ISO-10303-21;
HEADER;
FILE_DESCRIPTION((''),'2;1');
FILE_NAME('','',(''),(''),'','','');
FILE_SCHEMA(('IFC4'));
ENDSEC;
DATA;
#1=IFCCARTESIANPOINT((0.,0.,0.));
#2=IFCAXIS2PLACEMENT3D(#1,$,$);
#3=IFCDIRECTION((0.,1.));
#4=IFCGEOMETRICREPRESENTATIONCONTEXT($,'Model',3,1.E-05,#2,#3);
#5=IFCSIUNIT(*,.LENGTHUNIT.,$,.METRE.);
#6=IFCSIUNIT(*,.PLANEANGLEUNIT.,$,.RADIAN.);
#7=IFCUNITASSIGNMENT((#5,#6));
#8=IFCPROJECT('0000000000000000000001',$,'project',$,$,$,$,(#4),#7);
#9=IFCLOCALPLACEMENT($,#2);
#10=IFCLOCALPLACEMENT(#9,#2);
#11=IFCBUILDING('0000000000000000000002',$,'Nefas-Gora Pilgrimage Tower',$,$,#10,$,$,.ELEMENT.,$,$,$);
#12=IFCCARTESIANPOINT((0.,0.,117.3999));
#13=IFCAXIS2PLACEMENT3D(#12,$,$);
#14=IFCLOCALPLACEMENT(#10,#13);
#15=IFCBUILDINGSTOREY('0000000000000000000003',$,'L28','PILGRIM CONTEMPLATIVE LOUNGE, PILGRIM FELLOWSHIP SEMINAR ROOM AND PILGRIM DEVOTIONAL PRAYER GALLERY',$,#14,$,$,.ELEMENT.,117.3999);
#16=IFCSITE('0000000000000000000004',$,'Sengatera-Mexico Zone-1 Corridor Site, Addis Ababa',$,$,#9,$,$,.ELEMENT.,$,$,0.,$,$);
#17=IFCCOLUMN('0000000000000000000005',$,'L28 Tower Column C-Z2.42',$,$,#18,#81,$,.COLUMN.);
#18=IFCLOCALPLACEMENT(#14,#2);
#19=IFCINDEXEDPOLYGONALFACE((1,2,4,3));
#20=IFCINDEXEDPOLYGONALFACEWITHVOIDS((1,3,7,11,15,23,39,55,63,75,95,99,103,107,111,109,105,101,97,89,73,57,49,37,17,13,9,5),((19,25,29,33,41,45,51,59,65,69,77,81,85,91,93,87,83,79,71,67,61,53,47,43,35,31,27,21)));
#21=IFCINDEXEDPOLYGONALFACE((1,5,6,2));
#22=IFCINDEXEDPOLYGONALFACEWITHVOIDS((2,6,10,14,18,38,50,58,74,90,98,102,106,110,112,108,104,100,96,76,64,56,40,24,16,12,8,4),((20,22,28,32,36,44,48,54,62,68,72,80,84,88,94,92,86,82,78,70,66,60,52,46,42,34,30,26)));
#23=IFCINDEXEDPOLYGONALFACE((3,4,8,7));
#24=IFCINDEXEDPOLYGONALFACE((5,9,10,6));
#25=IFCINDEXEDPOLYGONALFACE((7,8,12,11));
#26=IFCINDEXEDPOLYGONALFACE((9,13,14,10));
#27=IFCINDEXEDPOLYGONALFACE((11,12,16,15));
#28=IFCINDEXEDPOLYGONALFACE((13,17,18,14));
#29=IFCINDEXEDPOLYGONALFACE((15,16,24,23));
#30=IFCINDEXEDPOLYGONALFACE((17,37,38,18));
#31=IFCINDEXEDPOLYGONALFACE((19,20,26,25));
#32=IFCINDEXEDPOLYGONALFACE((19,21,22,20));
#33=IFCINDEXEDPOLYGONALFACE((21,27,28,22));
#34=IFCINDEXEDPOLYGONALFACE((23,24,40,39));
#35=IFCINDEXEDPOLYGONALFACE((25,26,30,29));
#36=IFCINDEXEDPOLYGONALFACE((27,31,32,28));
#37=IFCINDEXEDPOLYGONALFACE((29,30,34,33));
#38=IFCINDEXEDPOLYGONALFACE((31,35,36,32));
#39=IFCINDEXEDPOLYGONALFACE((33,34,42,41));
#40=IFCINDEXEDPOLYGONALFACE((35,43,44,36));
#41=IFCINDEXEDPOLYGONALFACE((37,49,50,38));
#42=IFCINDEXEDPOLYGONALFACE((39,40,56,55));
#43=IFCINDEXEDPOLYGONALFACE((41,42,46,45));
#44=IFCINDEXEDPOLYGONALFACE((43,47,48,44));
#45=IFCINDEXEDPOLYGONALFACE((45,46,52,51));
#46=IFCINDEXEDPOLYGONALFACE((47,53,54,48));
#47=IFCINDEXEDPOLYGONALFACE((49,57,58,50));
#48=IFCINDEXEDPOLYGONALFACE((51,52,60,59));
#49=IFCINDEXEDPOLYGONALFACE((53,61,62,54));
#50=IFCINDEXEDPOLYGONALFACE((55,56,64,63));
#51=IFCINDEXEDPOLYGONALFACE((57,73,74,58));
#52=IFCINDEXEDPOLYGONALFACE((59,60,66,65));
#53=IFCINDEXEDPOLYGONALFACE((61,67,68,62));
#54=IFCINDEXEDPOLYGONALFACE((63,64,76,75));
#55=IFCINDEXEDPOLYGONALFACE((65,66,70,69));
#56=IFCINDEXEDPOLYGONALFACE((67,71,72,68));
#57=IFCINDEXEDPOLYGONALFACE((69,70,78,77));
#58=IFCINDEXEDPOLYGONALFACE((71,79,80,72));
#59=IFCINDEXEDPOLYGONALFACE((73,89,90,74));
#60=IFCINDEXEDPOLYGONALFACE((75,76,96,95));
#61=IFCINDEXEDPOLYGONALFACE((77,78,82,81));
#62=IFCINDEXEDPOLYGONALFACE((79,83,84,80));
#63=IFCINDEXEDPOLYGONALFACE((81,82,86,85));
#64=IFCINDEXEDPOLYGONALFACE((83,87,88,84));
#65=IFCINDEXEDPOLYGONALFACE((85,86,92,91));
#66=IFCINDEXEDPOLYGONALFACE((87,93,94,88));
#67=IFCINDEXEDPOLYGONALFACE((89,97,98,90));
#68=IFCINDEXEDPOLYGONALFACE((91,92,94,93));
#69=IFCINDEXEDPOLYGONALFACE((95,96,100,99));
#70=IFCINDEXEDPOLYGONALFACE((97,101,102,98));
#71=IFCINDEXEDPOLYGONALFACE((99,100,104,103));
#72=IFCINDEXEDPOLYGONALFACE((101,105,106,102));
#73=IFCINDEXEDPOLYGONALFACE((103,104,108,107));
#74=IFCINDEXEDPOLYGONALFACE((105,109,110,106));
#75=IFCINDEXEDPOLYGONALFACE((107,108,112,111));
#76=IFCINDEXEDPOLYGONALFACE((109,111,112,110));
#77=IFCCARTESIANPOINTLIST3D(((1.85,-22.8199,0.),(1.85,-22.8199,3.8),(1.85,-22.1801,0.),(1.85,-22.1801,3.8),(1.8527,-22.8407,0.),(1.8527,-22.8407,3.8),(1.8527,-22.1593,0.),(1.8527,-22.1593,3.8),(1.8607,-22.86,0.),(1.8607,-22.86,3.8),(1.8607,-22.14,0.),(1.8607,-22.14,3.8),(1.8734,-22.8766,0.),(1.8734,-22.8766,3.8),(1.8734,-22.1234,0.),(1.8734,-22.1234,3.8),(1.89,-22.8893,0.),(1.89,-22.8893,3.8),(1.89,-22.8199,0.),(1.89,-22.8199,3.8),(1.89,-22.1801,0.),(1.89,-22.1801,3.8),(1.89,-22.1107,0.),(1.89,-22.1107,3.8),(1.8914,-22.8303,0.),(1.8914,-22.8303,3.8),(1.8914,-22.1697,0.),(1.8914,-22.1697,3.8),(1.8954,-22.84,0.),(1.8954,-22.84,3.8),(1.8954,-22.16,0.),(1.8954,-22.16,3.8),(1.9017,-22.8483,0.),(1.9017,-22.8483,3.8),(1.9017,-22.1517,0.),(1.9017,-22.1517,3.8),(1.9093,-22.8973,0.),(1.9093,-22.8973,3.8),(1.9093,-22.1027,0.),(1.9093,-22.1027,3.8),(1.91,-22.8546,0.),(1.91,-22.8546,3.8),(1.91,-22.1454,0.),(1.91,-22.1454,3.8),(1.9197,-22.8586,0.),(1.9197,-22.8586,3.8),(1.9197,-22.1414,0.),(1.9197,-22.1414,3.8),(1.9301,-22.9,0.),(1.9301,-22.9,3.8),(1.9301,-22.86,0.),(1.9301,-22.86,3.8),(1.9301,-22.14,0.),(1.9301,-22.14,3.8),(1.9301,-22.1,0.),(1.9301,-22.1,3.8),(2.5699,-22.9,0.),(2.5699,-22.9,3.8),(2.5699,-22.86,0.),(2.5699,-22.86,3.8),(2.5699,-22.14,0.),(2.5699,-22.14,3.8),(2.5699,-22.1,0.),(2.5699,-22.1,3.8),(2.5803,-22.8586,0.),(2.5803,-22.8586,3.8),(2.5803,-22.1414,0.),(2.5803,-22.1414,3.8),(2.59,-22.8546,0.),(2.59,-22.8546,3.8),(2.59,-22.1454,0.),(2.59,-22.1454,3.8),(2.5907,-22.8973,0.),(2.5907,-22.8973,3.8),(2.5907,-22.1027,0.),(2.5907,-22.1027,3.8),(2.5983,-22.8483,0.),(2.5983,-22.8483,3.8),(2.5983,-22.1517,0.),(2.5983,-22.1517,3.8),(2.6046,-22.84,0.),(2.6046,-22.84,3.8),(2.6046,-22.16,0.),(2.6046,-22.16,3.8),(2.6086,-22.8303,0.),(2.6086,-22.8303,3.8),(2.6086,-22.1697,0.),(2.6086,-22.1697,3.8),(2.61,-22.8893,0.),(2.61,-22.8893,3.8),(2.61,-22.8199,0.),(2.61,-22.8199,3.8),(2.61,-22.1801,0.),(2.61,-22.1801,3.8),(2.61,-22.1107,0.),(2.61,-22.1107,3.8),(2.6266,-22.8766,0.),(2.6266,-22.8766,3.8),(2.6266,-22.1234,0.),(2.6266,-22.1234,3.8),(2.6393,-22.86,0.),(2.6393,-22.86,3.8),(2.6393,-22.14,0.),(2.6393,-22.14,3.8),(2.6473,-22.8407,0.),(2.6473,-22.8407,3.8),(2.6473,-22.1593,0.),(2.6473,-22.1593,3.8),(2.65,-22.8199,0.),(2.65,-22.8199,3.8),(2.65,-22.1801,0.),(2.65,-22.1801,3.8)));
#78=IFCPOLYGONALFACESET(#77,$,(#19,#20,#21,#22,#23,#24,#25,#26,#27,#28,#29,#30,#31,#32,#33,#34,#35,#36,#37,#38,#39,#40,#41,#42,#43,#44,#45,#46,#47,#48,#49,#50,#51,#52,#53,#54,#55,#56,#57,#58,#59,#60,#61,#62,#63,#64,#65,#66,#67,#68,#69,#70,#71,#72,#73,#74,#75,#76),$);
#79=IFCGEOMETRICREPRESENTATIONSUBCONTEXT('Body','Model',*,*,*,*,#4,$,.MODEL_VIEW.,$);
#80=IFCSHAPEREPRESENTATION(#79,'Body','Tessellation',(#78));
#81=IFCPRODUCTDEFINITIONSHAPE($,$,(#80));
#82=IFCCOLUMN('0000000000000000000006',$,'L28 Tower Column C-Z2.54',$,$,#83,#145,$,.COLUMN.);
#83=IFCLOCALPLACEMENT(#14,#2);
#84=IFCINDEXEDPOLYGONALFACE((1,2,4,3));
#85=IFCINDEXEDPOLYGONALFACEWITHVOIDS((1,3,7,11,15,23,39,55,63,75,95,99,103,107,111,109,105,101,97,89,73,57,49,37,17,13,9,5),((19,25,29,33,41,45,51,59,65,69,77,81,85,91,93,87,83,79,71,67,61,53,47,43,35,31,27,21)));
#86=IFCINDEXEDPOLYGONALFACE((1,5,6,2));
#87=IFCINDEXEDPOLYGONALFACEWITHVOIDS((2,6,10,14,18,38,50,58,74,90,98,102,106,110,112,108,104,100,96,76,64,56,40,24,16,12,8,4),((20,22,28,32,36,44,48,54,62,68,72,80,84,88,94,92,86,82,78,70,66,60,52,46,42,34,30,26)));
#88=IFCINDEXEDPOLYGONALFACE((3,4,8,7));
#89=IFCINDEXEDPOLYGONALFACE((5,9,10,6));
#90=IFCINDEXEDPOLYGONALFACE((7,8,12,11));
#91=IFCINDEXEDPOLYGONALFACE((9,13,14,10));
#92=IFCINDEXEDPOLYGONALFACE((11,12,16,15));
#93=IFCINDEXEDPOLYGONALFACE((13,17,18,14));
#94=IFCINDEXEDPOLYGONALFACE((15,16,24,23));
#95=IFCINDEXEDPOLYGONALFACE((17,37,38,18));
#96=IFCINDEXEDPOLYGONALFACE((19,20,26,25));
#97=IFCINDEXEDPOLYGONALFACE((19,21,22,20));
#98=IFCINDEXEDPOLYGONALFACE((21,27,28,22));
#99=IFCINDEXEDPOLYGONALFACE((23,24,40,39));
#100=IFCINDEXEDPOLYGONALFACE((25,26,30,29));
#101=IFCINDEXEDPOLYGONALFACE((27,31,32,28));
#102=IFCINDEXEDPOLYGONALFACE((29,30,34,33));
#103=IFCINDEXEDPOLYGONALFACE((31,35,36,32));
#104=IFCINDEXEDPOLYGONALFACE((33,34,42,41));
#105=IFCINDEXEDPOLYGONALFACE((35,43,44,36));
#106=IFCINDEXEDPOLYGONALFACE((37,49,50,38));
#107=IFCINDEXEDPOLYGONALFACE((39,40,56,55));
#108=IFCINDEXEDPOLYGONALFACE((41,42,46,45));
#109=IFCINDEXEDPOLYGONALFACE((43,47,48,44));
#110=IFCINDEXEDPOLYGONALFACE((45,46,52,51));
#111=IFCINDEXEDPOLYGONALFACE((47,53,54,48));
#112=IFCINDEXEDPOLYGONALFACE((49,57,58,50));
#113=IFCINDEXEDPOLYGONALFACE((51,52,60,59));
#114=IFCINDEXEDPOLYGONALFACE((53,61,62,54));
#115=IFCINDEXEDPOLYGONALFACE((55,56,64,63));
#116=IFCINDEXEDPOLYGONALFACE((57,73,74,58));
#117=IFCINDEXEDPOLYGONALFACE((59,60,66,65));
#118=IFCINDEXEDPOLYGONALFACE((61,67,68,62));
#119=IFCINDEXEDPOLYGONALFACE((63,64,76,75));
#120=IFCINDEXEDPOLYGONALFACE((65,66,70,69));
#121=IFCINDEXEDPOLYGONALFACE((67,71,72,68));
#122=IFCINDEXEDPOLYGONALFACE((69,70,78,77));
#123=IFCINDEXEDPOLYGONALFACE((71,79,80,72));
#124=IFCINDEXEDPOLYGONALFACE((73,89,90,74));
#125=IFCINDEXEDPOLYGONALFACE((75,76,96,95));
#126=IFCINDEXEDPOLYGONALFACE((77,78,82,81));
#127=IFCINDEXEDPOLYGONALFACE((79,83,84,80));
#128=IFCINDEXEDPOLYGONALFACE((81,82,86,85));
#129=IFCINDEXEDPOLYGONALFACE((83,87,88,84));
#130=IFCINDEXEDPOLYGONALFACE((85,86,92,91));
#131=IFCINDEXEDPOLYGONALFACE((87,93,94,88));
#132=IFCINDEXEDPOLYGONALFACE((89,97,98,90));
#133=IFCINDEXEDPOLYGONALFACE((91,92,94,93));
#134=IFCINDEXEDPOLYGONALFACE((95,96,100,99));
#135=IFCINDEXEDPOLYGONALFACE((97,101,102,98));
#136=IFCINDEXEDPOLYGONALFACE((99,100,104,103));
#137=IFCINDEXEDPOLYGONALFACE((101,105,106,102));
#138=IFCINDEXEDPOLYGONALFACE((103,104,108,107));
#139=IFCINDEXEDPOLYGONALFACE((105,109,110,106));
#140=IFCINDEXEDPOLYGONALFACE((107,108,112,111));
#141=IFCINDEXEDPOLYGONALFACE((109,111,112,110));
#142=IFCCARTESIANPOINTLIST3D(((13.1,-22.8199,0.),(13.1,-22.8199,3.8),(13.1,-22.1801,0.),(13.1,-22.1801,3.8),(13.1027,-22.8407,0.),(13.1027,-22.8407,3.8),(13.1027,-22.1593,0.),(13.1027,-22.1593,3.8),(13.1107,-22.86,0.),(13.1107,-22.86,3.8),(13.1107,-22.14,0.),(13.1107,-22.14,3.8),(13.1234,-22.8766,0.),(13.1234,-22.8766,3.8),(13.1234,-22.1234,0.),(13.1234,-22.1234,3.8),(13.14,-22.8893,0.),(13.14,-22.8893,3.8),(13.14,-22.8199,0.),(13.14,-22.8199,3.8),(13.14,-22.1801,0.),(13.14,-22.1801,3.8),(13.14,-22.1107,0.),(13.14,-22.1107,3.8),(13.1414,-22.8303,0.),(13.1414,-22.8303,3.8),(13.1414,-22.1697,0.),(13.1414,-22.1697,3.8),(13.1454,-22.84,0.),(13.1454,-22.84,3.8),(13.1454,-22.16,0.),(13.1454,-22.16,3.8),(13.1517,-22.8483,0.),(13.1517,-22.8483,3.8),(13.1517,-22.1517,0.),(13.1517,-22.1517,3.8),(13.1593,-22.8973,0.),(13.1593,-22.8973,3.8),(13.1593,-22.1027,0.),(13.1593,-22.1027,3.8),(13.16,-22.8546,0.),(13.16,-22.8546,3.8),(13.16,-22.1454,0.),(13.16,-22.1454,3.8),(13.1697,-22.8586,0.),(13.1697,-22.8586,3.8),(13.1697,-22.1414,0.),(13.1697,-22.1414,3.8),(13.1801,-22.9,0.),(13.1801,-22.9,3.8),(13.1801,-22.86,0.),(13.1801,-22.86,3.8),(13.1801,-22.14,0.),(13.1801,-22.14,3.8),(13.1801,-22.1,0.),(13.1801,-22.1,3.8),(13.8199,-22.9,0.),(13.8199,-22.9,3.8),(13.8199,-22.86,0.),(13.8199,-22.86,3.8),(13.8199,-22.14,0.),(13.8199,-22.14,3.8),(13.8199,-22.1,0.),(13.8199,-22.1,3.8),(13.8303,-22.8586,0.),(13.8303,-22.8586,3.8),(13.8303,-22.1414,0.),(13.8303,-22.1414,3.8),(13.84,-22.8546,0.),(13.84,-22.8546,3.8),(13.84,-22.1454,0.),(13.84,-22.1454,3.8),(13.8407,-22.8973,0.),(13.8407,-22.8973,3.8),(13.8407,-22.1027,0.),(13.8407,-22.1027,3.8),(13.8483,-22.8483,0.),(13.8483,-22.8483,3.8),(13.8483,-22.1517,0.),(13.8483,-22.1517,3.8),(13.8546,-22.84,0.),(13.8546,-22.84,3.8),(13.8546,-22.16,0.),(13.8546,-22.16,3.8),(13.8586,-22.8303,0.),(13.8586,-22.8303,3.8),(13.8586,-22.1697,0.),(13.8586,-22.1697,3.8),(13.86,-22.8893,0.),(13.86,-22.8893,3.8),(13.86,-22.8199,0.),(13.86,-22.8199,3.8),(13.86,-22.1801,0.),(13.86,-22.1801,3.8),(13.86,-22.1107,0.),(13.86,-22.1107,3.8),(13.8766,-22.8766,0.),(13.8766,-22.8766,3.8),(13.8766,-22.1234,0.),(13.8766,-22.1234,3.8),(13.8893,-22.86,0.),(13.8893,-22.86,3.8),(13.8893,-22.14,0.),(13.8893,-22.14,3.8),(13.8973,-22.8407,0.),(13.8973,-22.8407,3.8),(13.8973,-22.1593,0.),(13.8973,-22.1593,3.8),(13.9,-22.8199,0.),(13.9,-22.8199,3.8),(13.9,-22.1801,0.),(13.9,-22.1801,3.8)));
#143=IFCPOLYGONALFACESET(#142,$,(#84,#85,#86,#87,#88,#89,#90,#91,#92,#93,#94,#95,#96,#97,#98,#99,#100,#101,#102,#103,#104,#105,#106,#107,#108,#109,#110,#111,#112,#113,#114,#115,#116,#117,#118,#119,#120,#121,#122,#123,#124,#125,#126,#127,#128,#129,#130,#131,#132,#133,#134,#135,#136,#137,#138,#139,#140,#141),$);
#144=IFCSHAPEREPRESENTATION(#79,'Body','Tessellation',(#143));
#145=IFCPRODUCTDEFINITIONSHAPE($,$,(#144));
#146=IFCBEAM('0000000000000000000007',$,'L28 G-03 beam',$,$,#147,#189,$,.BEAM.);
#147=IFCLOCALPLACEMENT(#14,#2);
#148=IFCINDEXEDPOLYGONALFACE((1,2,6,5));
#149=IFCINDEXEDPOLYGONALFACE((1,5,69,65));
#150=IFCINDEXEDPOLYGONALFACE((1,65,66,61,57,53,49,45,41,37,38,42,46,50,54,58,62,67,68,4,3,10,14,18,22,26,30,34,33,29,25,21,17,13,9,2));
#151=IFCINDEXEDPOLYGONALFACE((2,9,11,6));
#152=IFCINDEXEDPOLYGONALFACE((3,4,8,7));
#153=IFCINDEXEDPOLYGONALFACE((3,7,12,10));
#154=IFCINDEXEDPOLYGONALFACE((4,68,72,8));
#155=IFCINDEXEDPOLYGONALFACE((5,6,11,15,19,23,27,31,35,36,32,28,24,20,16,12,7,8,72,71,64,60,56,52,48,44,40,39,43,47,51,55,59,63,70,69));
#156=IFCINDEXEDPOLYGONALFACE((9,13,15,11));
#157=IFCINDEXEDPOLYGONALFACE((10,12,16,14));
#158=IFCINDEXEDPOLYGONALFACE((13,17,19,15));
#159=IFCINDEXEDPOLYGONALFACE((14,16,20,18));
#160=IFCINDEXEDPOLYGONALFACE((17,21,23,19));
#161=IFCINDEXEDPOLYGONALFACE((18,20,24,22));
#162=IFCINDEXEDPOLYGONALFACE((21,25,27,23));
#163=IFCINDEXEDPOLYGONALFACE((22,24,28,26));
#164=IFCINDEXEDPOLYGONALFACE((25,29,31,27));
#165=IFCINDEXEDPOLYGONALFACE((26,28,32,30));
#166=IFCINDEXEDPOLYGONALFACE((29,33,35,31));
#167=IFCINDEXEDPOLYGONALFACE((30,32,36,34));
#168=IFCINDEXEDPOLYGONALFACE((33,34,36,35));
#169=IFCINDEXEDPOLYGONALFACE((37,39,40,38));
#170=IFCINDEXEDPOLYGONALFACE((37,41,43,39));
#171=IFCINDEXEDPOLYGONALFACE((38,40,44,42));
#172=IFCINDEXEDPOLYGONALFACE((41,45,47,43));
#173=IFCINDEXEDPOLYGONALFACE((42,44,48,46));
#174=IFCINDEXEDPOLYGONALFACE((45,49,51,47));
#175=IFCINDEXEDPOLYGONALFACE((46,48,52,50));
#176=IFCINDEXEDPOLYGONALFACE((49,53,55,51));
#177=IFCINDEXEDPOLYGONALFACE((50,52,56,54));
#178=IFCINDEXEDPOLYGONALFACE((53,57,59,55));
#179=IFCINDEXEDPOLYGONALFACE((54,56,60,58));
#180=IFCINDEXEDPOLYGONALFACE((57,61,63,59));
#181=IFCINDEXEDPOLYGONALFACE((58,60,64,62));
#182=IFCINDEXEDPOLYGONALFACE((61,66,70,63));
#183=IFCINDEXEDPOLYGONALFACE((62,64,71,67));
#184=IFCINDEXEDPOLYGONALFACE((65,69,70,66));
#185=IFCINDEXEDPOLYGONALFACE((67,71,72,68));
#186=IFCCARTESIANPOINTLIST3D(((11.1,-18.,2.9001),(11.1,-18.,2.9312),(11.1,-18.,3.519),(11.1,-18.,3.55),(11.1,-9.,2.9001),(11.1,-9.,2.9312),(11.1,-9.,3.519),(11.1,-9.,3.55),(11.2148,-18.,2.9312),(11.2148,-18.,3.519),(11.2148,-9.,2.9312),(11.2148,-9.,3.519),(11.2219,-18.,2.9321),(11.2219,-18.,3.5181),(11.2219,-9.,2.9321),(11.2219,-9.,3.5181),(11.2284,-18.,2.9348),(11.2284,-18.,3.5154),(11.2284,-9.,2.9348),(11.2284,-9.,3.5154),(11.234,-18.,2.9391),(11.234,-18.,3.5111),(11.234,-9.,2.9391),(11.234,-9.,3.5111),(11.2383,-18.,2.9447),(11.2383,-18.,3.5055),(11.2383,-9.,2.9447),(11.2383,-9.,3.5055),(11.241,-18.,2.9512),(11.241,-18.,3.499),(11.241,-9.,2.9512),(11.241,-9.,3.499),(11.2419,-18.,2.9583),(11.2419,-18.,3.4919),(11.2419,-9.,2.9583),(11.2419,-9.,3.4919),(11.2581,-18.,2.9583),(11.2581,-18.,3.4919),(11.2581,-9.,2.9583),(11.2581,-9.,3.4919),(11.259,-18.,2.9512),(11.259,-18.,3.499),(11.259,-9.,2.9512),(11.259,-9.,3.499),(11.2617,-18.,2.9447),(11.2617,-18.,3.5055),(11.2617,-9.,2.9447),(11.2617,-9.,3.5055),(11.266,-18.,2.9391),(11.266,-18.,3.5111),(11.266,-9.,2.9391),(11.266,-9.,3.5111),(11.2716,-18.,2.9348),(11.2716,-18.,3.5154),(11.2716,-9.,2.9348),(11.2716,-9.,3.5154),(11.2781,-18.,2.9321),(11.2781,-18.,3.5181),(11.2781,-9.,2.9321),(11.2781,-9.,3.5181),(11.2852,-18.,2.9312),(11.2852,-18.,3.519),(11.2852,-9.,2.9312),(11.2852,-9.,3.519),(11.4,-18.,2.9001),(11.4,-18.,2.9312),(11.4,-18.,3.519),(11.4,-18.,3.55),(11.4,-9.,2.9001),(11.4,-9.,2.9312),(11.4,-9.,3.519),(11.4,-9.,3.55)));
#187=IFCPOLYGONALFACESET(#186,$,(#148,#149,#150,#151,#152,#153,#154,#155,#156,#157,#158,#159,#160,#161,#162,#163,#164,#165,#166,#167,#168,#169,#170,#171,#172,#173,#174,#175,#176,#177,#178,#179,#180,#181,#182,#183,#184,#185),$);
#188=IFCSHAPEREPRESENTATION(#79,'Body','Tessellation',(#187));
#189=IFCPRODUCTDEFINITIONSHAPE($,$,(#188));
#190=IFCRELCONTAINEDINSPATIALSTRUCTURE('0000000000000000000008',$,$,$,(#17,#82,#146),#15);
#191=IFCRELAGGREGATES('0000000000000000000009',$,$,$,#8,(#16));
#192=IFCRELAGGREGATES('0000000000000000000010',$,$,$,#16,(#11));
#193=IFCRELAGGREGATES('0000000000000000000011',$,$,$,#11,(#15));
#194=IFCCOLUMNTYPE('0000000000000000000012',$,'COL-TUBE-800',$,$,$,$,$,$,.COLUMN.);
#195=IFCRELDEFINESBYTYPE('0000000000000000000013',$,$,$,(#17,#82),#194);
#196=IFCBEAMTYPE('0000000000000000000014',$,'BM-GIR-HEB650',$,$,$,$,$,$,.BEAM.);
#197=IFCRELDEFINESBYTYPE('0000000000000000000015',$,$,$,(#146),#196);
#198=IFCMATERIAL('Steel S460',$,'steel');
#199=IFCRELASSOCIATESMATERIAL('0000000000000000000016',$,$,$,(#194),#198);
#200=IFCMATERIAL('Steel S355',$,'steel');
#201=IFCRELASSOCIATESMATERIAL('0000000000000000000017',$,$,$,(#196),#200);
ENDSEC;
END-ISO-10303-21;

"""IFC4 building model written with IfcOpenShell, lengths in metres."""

from ifc_helpers import new_model, si_unit, direction, frame, origin, origin_2d, place, context, subcontext, project, spatial, hollow_rectangle, i_section, extrude, source, transform, mapped, material, material_profile, profile_set, type_object, element, save


model = new_model("IFC4")

# Units and contexts
model_context = context("Model", 3, precision=1e-05, world=origin(), true_north=direction((0.0, 1.0)))
body_context = subcontext(model_context, "Body", "Model", "MODEL_VIEW")
ifc_project = project(units=[si_unit("LENGTHUNIT", "METRE"), si_unit("PLANEANGLEUNIT", "RADIAN")], contexts=[model_context])

# Site, building, storey
site_placement = place(None, origin())
site = spatial("IfcSite", under=ifc_project, at=site_placement, Name="Sengatera-Mexico Zone-1 Corridor Site, Addis Ababa", CompositionType="ELEMENT", RefElevation=0.0)
building_placement = place(site_placement, origin())
building = spatial("IfcBuilding", under=site, at=building_placement, Name="Nefas-Gora Pilgrimage Tower", CompositionType="ELEMENT")
storey_placement = place(building_placement, frame((0.0, 0.0, 117.3999)))
storey = spatial("IfcBuildingStorey", under=building, at=storey_placement, Name="L28", Description="PILGRIM CONTEMPLATIVE LOUNGE, PILGRIM FELLOWSHIP SEMINAR ROOM AND PILGRIM DEVOTIONAL PRAYER GALLERY", CompositionType="ELEMENT", Elevation=117.3999)

# Columns
ifc_material_1 = material(Name="Steel S460", Category="steel")
ifc_material_profile_1 = material_profile(ifc_material_1, hollow_rectangle(XDim=0.8, YDim=0.8, WallThickness=0.04, InnerFilletRadius=0.04, OuterFilletRadius=0.0801, at=origin_2d()), Name="BOX 800x800x40")
ifc_profile_set_1 = profile_set([ifc_material_profile_1], Name="Steel S460")
column_type_1 = type_object("IfcColumnType", Name="COL-TUBE-800", PredefinedType="COLUMN", material=ifc_profile_set_1)
shared_shape_1 = source(origin(), body_context, "Body", "SweptSolid", [
    extrude(hollow_rectangle(XDim=0.8, YDim=0.8, WallThickness=0.04, InnerFilletRadius=0.04, OuterFilletRadius=0.0801, at=origin_2d()), origin(), (0.0, 0.0, 1.0), 3.8),
])
for number, where, z_axis, x_axis, name in (
    (1, (2.25, -22.5, 0.0), (0.0, 0.0, 1.0), (1.0, 0.0, 0.0), "L28 Tower Column C-Z2.42"),
    (2, (13.5, -22.5, 0.0), (0.0, 0.0, 1.0), (1.0, 0.0, 0.0), "L28 Tower Column C-Z2.54"),
):
    element("IfcColumn", number, at=place(storey_placement, frame(where, z_axis=z_axis, x_axis=x_axis)), inside=storey, type_object=column_type_1, Name=name, PredefinedType="COLUMN", context=body_context, shape_type="MappedRepresentation", body=[
        mapped(shared_shape_1, transform((0.0, 0.0, 0.0), x_axis=(1.0, 0.0, 0.0), y_axis=(0.0, 1.0, 0.0), z_axis=(0.0, 0.0, 1.0), scale=1.0)),
    ])

# Beam
ifc_material_2 = material(Name="Steel S355", Category="steel")
ifc_material_profile_2 = material_profile(ifc_material_2, i_section(OverallWidth=0.3, OverallDepth=0.6499, WebThickness=0.0161, FlangeThickness=0.031, FilletRadius=0.0271, at=origin_2d()), Name="HEB 650")
ifc_profile_set_2 = profile_set([ifc_material_profile_2], Name="Steel S355")
beam_type_1 = type_object("IfcBeamType", Name="BM-GIR-HEB650", PredefinedType="BEAM", material=ifc_profile_set_2)
shared_shape_2 = source(origin(), body_context, "Body", "SweptSolid", [
    extrude(i_section(OverallWidth=0.3, OverallDepth=0.6499, WebThickness=0.0161, FlangeThickness=0.031, FilletRadius=0.0271, at=origin_2d()), origin(), (0.0, 0.0, 1.0), 9.0),
])
beam_1_placement = place(storey_placement, frame((11.25, -18.0, 3.2251), z_axis=(0.0, 1.0, 0.0), x_axis=(-1.0, 0.0, 0.0)))
element("IfcBeam", 3, at=beam_1_placement, inside=storey, type_object=beam_type_1, Name="L28 G-03 beam", PredefinedType="BEAM", context=body_context, shape_type="MappedRepresentation", body=[
    mapped(shared_shape_2, transform((0.0, 0.0, 0.0), x_axis=(1.0, 0.0, 0.0), y_axis=(0.0, 1.0, 0.0), z_axis=(0.0, 0.0, 1.0), scale=1.0)),
])

save(model, "model.ifc")
